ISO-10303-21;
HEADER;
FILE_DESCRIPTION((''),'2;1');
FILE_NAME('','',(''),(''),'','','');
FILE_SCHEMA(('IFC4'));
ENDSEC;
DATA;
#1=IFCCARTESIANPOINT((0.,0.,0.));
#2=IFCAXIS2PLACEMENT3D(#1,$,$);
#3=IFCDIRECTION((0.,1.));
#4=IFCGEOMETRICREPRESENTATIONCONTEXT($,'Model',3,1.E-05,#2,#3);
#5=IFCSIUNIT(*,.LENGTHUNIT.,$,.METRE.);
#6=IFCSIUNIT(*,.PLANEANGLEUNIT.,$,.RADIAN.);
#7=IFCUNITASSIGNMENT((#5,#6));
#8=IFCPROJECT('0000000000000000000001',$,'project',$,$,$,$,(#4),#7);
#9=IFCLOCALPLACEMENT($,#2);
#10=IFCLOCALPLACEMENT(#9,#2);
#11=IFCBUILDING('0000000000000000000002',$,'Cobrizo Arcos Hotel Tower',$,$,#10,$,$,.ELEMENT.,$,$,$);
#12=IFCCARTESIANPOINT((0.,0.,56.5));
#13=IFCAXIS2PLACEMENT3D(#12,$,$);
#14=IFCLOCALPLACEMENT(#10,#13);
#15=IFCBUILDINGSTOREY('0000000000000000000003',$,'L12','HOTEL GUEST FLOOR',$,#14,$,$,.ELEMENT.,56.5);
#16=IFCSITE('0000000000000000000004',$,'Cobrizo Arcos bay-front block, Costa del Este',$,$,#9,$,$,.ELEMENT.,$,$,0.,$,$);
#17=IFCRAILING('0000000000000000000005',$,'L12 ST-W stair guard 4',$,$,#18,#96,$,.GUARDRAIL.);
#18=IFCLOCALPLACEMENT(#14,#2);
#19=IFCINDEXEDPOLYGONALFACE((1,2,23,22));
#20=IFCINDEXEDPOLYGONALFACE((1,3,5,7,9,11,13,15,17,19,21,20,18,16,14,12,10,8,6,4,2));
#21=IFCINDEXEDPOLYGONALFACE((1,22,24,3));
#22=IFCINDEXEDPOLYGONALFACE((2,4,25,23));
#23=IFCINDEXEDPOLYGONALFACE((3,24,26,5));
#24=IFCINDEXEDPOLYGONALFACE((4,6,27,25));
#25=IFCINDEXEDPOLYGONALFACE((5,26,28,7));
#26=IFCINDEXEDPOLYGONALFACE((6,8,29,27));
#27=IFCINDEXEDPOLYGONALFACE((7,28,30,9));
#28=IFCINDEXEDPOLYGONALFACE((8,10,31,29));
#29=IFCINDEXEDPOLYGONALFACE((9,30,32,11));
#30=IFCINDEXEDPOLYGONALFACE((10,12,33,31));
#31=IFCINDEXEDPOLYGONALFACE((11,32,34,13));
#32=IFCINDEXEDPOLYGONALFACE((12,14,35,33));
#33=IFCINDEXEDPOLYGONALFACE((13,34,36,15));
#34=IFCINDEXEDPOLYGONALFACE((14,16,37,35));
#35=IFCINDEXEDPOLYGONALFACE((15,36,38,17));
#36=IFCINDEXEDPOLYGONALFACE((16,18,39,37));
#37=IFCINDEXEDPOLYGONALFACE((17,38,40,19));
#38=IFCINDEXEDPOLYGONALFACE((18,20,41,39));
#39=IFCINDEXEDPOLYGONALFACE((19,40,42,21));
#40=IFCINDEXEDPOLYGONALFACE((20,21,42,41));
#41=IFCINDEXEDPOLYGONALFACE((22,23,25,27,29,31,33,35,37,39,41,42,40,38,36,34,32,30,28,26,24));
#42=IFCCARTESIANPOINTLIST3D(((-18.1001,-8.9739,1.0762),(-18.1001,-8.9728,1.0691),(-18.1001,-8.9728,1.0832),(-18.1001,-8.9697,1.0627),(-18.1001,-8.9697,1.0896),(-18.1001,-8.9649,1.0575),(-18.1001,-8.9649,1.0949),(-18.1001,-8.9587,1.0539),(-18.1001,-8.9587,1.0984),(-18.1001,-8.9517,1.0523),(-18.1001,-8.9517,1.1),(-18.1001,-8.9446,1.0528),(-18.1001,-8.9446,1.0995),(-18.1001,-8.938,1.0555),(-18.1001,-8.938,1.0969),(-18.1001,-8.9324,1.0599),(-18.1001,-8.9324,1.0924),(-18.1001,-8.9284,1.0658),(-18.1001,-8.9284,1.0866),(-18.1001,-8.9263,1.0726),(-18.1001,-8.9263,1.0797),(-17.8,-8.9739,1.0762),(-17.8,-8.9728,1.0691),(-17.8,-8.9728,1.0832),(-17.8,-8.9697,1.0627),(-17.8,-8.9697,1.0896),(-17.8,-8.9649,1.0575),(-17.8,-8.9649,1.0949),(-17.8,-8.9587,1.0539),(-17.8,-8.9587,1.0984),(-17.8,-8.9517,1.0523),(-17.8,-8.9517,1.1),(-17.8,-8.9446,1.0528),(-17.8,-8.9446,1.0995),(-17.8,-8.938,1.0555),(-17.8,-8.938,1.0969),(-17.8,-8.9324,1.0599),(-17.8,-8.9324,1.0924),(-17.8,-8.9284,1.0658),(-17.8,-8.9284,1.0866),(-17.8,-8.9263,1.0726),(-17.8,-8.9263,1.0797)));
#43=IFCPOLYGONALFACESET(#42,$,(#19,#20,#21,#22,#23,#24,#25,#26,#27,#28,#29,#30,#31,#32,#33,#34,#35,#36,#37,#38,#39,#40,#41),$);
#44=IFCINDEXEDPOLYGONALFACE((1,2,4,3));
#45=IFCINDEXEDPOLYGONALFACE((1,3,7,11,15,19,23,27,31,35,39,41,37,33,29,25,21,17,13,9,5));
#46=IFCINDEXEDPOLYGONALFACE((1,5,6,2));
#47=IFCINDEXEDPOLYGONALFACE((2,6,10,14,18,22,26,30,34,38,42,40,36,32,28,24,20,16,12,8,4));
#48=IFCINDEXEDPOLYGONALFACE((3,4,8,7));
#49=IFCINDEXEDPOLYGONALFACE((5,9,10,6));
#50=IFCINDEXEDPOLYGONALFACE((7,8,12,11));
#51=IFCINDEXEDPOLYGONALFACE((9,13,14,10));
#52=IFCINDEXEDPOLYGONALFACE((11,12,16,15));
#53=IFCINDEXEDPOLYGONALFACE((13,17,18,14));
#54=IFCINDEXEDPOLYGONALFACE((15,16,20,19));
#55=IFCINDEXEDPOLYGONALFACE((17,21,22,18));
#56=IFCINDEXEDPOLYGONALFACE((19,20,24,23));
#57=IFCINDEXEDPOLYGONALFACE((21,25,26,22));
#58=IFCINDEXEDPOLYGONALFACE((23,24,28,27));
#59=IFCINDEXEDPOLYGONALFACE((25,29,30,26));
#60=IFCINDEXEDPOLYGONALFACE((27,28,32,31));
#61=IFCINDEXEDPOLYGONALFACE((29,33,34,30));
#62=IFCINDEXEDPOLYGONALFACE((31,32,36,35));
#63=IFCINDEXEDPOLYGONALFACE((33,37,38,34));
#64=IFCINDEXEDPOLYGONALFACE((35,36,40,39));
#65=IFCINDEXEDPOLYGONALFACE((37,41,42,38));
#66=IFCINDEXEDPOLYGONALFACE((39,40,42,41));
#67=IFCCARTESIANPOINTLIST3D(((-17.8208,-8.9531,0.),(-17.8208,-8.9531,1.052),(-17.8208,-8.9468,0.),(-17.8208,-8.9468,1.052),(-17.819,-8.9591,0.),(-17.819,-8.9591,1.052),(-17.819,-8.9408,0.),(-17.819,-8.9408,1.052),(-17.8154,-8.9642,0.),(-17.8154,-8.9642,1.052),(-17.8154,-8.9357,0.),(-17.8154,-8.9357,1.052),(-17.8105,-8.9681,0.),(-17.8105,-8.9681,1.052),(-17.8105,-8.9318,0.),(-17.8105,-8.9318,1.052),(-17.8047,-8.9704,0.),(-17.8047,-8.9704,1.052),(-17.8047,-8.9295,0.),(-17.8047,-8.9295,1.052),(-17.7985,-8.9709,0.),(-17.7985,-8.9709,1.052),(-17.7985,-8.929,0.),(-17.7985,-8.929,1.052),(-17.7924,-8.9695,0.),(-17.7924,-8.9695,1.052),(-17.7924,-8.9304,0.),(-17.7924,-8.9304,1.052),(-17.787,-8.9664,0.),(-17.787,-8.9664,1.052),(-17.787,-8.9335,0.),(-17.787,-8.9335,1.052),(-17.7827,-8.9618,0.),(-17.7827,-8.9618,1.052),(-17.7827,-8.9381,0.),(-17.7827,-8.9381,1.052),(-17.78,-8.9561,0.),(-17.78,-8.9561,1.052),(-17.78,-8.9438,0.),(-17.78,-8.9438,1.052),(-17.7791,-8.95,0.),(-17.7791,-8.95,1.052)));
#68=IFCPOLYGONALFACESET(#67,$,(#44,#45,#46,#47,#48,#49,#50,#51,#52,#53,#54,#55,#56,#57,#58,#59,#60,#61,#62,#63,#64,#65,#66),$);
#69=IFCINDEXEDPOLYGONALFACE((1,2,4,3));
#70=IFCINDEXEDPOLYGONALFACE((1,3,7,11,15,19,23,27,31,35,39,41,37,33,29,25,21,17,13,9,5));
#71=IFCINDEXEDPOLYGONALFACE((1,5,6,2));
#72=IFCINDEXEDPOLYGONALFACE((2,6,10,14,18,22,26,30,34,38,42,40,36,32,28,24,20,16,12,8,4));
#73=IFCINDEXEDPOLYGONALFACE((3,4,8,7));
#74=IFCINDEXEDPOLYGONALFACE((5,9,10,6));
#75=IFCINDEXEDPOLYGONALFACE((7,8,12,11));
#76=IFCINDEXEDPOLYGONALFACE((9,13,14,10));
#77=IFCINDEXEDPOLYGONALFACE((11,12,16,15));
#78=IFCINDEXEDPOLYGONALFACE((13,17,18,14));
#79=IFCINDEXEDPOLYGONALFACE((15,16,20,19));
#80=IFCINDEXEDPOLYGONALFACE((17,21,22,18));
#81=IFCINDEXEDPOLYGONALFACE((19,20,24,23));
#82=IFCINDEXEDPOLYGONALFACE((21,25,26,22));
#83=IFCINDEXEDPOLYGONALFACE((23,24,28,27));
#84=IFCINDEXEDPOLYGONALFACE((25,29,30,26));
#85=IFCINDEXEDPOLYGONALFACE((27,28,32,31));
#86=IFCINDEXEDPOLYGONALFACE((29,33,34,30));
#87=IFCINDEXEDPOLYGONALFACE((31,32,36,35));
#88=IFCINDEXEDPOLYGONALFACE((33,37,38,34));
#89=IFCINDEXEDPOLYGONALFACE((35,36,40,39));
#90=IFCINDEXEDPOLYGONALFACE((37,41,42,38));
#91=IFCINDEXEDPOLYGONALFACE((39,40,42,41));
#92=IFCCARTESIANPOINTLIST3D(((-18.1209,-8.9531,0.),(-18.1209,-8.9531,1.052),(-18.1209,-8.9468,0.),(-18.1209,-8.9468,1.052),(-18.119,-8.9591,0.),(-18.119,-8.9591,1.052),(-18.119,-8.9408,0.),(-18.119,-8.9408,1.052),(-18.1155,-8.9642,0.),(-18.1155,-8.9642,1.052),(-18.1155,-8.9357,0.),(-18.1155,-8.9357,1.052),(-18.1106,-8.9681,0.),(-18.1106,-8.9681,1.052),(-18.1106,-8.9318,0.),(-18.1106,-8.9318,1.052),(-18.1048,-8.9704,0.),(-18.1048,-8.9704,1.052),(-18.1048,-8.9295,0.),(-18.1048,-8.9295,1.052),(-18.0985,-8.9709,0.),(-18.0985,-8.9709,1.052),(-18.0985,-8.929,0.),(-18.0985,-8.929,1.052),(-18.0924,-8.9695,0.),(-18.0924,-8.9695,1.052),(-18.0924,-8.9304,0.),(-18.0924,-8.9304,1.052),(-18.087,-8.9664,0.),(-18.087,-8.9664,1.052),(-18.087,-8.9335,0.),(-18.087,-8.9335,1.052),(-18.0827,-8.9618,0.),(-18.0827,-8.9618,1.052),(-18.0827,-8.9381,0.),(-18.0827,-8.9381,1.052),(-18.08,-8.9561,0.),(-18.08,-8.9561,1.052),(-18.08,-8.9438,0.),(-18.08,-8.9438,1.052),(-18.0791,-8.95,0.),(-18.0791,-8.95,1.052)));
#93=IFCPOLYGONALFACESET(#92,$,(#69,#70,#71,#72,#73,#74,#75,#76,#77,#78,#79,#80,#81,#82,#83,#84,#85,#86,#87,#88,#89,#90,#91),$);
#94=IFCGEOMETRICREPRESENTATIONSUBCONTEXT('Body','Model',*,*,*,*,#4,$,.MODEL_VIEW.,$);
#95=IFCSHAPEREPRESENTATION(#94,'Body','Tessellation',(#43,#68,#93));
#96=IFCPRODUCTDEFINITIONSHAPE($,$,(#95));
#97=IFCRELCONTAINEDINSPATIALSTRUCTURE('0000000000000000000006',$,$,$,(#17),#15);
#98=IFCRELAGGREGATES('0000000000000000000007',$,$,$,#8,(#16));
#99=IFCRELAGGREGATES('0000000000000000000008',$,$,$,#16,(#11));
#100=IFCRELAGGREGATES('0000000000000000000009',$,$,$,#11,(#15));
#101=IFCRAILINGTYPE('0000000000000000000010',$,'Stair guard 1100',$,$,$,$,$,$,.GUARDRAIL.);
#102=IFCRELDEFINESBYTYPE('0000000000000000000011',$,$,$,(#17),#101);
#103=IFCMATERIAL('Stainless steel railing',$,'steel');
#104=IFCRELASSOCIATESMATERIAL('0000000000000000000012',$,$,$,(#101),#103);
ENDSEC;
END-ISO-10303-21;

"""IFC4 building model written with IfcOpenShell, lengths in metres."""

from ifc_helpers import new_model, si_unit, direction, frame, origin, origin_2d, place, context, subcontext, project, spatial, circle, extrude, material, type_object, element, save


model = new_model("IFC4")

# Units and contexts
model_context = context("Model", 3, precision=1e-05, world=origin(), true_north=direction((0.0, 1.0)))
body_context = subcontext(model_context, "Body", "Model", "MODEL_VIEW")
ifc_project = project(units=[si_unit("LENGTHUNIT", "METRE"), si_unit("PLANEANGLEUNIT", "RADIAN")], contexts=[model_context])

# Site, building, storey
site_placement = place(None, origin())
site = spatial("IfcSite", under=ifc_project, at=site_placement, Name="Cobrizo Arcos bay-front block, Costa del Este", CompositionType="ELEMENT", RefElevation=0.0)
building_placement = place(site_placement, origin())
building = spatial("IfcBuilding", under=site, at=building_placement, Name="Cobrizo Arcos Hotel Tower", CompositionType="ELEMENT")
storey_placement = place(building_placement, frame((0.0, 0.0, 56.5)))
storey = spatial("IfcBuildingStorey", under=building, at=storey_placement, Name="L12", Description="HOTEL GUEST FLOOR", CompositionType="ELEMENT", Elevation=56.5)

# Railing
ifc_material_1 = material(Name="Stainless steel railing", Category="steel")
railing_type_1 = type_object("IfcRailingType", Name="Stair guard 1100", PredefinedType="GUARDRAIL", material=ifc_material_1)
railing_1_placement = place(storey_placement, frame((-17.8, -8.95, 0.0)))
element("IfcRailing", 1, at=railing_1_placement, inside=storey, type_object=railing_type_1, Name="L12 ST-W stair guard 4", PredefinedType="GUARDRAIL", context=body_context, shape_type="SweptSolid", body=[
    extrude(circle(Radius=0.0239, at=origin_2d()), frame((0.0, 0.0, 1.0762), z_axis=(-1.0, 0.0, 0.0), x_axis=(0.0, -1.0, 0.0)), (0.0, 0.0, 1.0), 0.3),
    extrude(circle(Radius=0.021, at=origin_2d()), origin(), (0.0, 0.0, 1.0), 1.052),
    extrude(circle(Radius=0.021, at=origin_2d()), frame((-0.3, 0.0, 0.0)), (0.0, 0.0, 1.0), 1.052),
])

save(model, "model.ifc")
